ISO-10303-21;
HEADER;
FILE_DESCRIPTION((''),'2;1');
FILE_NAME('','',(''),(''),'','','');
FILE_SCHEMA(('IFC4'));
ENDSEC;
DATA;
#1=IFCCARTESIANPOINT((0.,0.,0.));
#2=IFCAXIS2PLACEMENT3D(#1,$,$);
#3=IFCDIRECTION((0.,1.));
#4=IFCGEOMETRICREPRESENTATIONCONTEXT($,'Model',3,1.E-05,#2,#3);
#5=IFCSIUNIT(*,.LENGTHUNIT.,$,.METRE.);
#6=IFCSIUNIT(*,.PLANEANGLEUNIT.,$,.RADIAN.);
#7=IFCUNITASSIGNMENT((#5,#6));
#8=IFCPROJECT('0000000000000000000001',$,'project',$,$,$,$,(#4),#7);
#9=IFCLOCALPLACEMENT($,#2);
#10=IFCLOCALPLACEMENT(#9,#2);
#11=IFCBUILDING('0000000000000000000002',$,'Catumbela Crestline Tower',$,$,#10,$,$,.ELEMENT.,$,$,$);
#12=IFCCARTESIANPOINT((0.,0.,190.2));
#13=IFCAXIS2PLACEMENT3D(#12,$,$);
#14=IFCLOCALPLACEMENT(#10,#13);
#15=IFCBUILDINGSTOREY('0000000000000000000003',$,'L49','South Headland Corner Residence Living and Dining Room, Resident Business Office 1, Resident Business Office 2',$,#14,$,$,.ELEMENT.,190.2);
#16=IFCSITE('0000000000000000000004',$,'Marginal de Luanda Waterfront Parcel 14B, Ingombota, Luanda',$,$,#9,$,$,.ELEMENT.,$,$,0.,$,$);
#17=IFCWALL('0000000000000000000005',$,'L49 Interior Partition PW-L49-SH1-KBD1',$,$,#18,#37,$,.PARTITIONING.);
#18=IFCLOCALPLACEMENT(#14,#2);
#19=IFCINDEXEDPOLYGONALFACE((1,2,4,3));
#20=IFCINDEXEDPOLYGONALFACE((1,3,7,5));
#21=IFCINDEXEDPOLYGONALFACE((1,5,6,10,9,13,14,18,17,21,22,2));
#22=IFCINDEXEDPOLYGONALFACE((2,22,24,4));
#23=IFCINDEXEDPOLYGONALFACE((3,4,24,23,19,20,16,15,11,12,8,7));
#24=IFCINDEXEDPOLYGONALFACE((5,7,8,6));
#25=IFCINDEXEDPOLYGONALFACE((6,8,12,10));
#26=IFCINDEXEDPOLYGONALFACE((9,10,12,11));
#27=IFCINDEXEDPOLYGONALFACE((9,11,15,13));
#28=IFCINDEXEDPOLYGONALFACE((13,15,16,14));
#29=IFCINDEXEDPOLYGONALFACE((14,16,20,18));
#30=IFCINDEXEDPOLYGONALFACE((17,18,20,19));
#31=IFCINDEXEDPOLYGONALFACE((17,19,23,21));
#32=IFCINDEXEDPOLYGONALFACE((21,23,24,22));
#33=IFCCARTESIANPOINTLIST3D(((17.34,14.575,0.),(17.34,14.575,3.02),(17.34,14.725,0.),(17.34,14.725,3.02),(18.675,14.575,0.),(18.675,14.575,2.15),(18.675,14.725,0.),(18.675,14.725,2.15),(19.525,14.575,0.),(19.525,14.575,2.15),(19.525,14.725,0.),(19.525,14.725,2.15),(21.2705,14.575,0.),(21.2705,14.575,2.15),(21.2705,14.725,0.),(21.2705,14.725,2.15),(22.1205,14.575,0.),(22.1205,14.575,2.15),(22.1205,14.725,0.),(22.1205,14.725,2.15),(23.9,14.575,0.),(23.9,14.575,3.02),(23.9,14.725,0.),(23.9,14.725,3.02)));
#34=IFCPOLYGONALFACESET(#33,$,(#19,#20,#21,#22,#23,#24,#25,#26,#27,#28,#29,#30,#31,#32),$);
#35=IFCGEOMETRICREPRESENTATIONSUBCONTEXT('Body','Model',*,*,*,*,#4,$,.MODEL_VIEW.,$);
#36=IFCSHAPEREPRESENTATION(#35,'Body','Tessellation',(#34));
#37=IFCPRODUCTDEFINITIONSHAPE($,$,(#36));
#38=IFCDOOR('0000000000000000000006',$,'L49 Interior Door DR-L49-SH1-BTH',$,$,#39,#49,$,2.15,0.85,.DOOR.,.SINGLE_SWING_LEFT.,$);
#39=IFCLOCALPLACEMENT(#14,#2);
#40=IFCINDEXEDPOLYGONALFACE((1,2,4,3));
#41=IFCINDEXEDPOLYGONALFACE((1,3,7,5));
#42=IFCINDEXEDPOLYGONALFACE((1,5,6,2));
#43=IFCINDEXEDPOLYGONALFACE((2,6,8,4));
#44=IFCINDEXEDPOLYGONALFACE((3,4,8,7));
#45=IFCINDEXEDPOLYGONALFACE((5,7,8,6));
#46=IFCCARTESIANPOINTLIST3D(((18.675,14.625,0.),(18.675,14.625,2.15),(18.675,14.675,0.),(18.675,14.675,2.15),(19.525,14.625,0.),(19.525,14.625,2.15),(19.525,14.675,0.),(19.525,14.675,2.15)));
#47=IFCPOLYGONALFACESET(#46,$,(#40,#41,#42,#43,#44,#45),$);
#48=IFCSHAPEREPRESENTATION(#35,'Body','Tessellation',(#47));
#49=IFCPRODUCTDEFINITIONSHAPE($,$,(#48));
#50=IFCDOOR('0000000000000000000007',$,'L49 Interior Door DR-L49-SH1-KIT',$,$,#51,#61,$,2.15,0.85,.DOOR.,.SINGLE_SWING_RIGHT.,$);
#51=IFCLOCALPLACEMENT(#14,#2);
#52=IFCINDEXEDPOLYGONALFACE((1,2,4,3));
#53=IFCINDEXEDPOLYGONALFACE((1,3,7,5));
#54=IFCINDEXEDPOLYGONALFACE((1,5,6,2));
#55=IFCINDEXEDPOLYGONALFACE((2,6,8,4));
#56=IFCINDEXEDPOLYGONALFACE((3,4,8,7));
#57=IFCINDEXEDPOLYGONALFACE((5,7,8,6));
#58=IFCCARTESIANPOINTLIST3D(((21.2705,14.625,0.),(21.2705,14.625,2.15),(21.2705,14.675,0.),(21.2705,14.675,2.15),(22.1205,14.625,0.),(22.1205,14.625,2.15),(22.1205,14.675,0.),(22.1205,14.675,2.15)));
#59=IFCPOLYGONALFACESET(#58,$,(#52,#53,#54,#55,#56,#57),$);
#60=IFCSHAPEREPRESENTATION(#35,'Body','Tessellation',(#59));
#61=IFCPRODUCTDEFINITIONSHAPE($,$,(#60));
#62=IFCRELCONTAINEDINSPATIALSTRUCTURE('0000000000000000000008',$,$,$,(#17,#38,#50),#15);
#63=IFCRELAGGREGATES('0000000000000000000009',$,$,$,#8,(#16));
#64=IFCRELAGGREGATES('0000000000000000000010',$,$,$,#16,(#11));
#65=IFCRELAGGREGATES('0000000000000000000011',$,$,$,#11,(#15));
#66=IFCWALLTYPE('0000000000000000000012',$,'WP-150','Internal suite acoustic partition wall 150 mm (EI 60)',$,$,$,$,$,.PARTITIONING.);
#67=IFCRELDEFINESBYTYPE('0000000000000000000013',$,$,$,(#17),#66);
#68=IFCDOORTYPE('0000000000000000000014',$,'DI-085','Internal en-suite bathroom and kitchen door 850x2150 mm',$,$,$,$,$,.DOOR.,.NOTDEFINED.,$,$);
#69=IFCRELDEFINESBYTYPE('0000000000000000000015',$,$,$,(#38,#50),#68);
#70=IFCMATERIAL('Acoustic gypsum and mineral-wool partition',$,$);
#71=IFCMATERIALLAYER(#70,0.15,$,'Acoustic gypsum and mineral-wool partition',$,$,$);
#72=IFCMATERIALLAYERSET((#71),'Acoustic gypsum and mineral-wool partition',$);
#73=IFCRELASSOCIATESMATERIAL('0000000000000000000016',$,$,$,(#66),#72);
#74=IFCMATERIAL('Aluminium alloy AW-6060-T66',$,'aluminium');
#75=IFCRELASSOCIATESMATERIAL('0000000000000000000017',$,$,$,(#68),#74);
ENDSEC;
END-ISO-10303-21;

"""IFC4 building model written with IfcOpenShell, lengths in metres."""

from ifc_helpers import new_model, si_unit, direction, frame, frame_2d, origin, place, context, subcontext, project, spatial, rectangle, extrude, material, layer, layer_set, type_object, element, fill, save


model = new_model("IFC4")

# Units and contexts
model_context = context("Model", 3, precision=1e-05, world=origin(), true_north=direction((0.0, 1.0)))
body_context = subcontext(model_context, "Body", "Model", "MODEL_VIEW")
ifc_project = project(units=[si_unit("LENGTHUNIT", "METRE"), si_unit("PLANEANGLEUNIT", "RADIAN")], contexts=[model_context])

# Site, building, storey
site_placement = place(None, origin())
site = spatial("IfcSite", under=ifc_project, at=site_placement, Name="Marginal de Luanda Waterfront Parcel 14B, Ingombota, Luanda", CompositionType="ELEMENT", RefElevation=0.0)
building_placement = place(site_placement, origin())
building = spatial("IfcBuilding", under=site, at=building_placement, Name="Catumbela Crestline Tower", CompositionType="ELEMENT")
storey_placement = place(building_placement, frame((0.0, 0.0, 190.2)))
storey = spatial("IfcBuildingStorey", under=building, at=storey_placement, Name="L49", Description="South Headland Corner Residence Living and Dining Room, Resident Business Office 1, Resident Business Office 2", CompositionType="ELEMENT", Elevation=190.2)

# Shared definitions
ifc_material_1 = material(Name="Acoustic gypsum and mineral-wool partition")
ifc_material_2 = material(Name="Aluminium alloy AW-6060-T66", Category="aluminium")

# Shared definitions
ifc_layer_1 = layer(ifc_material_1, 0.15, Name="Acoustic gypsum and mineral-wool partition")
ifc_layer_set_1 = layer_set([ifc_layer_1], Name="Acoustic gypsum and mineral-wool partition")
wall_type_1 = type_object("IfcWallType", Name="WP-150", Description="Internal suite acoustic partition wall 150 mm (EI 60)", PredefinedType="PARTITIONING", material=ifc_layer_set_1)

# Wall, openings, doors
wall_1_placement = place(storey_placement, frame((17.34, 14.65, 0.0), z_axis=(0.0, 0.0, 1.0), x_axis=(1.0, 0.0, 0.0)))
wall_1 = element("IfcWall", 1, at=wall_1_placement, inside=storey, type_object=wall_type_1, Name="L49 Interior Partition PW-L49-SH1-KBD1", PredefinedType="PARTITIONING", context=body_context, shape_type="SweptSolid", body=[
    extrude(rectangle(XDim=6.56, YDim=0.15, at=frame_2d((3.28, 0.0))), origin(), (0.0, 0.0, 1.0), 3.02),
])
opening_1_placement = place(wall_1_placement, frame((1.335, 0.0, 0.0)))
opening_1 = element("IfcOpeningElement", 2, at=opening_1_placement, cuts=wall_1, PredefinedType="OPENING", context=body_context, shape_type="SweptSolid", body=[
    extrude(rectangle(XDim=0.85, YDim=2.15, at=frame_2d((0.425, 1.075))), frame((0.0, 0.085, 0.0), z_axis=(0.0, -1.0, 0.0), x_axis=(1.0, 0.0, 0.0)), (0.0, 0.0, 1.0), 0.17),
])
opening_2_placement = place(wall_1_placement, frame((3.9305, 0.0, 0.0)))
opening_2 = element("IfcOpeningElement", 3, at=opening_2_placement, cuts=wall_1, PredefinedType="OPENING", context=body_context, shape_type="SweptSolid", body=[
    extrude(rectangle(XDim=0.85, YDim=2.15, at=frame_2d((0.425, 1.075))), frame((0.0, 0.085, 0.0), z_axis=(0.0, -1.0, 0.0), x_axis=(1.0, 0.0, 0.0)), (0.0, 0.0, 1.0), 0.17),
])
door_type_1 = type_object("IfcDoorType", Name="DI-085", Description="Internal en-suite bathroom and kitchen door 850x2150 mm", OperationType="NOTDEFINED", PredefinedType="DOOR", material=ifc_material_2)
door_1_placement = place(opening_1_placement, origin())
door_1 = element("IfcDoor", 4, at=door_1_placement, inside=storey, type_object=door_type_1, Name="L49 Interior Door DR-L49-SH1-BTH", OperationType="SINGLE_SWING_LEFT", OverallHeight=2.15, OverallWidth=0.85, PredefinedType="DOOR", context=body_context, shape_type="SweptSolid", body=[
    extrude(rectangle(XDim=0.85, YDim=2.15, at=frame_2d((0.425, 1.075))), frame((0.0, 0.025, 0.0), z_axis=(0.0, -1.0, 0.0), x_axis=(1.0, 0.0, 0.0)), (0.0, 0.0, 1.0), 0.05),
])
fill(opening_1, door_1)
door_2_placement = place(opening_2_placement, origin())
door_2 = element("IfcDoor", 5, at=door_2_placement, inside=storey, type_object=door_type_1, Name="L49 Interior Door DR-L49-SH1-KIT", OperationType="SINGLE_SWING_RIGHT", OverallHeight=2.15, OverallWidth=0.85, PredefinedType="DOOR", context=body_context, shape_type="SweptSolid", body=[
    extrude(rectangle(XDim=0.85, YDim=2.15, at=frame_2d((0.425, 1.075))), frame((0.0, 0.025, 0.0), z_axis=(0.0, -1.0, 0.0), x_axis=(1.0, 0.0, 0.0)), (0.0, 0.0, 1.0), 0.05),
])
fill(opening_2, door_2)

save(model, "model.ifc")
